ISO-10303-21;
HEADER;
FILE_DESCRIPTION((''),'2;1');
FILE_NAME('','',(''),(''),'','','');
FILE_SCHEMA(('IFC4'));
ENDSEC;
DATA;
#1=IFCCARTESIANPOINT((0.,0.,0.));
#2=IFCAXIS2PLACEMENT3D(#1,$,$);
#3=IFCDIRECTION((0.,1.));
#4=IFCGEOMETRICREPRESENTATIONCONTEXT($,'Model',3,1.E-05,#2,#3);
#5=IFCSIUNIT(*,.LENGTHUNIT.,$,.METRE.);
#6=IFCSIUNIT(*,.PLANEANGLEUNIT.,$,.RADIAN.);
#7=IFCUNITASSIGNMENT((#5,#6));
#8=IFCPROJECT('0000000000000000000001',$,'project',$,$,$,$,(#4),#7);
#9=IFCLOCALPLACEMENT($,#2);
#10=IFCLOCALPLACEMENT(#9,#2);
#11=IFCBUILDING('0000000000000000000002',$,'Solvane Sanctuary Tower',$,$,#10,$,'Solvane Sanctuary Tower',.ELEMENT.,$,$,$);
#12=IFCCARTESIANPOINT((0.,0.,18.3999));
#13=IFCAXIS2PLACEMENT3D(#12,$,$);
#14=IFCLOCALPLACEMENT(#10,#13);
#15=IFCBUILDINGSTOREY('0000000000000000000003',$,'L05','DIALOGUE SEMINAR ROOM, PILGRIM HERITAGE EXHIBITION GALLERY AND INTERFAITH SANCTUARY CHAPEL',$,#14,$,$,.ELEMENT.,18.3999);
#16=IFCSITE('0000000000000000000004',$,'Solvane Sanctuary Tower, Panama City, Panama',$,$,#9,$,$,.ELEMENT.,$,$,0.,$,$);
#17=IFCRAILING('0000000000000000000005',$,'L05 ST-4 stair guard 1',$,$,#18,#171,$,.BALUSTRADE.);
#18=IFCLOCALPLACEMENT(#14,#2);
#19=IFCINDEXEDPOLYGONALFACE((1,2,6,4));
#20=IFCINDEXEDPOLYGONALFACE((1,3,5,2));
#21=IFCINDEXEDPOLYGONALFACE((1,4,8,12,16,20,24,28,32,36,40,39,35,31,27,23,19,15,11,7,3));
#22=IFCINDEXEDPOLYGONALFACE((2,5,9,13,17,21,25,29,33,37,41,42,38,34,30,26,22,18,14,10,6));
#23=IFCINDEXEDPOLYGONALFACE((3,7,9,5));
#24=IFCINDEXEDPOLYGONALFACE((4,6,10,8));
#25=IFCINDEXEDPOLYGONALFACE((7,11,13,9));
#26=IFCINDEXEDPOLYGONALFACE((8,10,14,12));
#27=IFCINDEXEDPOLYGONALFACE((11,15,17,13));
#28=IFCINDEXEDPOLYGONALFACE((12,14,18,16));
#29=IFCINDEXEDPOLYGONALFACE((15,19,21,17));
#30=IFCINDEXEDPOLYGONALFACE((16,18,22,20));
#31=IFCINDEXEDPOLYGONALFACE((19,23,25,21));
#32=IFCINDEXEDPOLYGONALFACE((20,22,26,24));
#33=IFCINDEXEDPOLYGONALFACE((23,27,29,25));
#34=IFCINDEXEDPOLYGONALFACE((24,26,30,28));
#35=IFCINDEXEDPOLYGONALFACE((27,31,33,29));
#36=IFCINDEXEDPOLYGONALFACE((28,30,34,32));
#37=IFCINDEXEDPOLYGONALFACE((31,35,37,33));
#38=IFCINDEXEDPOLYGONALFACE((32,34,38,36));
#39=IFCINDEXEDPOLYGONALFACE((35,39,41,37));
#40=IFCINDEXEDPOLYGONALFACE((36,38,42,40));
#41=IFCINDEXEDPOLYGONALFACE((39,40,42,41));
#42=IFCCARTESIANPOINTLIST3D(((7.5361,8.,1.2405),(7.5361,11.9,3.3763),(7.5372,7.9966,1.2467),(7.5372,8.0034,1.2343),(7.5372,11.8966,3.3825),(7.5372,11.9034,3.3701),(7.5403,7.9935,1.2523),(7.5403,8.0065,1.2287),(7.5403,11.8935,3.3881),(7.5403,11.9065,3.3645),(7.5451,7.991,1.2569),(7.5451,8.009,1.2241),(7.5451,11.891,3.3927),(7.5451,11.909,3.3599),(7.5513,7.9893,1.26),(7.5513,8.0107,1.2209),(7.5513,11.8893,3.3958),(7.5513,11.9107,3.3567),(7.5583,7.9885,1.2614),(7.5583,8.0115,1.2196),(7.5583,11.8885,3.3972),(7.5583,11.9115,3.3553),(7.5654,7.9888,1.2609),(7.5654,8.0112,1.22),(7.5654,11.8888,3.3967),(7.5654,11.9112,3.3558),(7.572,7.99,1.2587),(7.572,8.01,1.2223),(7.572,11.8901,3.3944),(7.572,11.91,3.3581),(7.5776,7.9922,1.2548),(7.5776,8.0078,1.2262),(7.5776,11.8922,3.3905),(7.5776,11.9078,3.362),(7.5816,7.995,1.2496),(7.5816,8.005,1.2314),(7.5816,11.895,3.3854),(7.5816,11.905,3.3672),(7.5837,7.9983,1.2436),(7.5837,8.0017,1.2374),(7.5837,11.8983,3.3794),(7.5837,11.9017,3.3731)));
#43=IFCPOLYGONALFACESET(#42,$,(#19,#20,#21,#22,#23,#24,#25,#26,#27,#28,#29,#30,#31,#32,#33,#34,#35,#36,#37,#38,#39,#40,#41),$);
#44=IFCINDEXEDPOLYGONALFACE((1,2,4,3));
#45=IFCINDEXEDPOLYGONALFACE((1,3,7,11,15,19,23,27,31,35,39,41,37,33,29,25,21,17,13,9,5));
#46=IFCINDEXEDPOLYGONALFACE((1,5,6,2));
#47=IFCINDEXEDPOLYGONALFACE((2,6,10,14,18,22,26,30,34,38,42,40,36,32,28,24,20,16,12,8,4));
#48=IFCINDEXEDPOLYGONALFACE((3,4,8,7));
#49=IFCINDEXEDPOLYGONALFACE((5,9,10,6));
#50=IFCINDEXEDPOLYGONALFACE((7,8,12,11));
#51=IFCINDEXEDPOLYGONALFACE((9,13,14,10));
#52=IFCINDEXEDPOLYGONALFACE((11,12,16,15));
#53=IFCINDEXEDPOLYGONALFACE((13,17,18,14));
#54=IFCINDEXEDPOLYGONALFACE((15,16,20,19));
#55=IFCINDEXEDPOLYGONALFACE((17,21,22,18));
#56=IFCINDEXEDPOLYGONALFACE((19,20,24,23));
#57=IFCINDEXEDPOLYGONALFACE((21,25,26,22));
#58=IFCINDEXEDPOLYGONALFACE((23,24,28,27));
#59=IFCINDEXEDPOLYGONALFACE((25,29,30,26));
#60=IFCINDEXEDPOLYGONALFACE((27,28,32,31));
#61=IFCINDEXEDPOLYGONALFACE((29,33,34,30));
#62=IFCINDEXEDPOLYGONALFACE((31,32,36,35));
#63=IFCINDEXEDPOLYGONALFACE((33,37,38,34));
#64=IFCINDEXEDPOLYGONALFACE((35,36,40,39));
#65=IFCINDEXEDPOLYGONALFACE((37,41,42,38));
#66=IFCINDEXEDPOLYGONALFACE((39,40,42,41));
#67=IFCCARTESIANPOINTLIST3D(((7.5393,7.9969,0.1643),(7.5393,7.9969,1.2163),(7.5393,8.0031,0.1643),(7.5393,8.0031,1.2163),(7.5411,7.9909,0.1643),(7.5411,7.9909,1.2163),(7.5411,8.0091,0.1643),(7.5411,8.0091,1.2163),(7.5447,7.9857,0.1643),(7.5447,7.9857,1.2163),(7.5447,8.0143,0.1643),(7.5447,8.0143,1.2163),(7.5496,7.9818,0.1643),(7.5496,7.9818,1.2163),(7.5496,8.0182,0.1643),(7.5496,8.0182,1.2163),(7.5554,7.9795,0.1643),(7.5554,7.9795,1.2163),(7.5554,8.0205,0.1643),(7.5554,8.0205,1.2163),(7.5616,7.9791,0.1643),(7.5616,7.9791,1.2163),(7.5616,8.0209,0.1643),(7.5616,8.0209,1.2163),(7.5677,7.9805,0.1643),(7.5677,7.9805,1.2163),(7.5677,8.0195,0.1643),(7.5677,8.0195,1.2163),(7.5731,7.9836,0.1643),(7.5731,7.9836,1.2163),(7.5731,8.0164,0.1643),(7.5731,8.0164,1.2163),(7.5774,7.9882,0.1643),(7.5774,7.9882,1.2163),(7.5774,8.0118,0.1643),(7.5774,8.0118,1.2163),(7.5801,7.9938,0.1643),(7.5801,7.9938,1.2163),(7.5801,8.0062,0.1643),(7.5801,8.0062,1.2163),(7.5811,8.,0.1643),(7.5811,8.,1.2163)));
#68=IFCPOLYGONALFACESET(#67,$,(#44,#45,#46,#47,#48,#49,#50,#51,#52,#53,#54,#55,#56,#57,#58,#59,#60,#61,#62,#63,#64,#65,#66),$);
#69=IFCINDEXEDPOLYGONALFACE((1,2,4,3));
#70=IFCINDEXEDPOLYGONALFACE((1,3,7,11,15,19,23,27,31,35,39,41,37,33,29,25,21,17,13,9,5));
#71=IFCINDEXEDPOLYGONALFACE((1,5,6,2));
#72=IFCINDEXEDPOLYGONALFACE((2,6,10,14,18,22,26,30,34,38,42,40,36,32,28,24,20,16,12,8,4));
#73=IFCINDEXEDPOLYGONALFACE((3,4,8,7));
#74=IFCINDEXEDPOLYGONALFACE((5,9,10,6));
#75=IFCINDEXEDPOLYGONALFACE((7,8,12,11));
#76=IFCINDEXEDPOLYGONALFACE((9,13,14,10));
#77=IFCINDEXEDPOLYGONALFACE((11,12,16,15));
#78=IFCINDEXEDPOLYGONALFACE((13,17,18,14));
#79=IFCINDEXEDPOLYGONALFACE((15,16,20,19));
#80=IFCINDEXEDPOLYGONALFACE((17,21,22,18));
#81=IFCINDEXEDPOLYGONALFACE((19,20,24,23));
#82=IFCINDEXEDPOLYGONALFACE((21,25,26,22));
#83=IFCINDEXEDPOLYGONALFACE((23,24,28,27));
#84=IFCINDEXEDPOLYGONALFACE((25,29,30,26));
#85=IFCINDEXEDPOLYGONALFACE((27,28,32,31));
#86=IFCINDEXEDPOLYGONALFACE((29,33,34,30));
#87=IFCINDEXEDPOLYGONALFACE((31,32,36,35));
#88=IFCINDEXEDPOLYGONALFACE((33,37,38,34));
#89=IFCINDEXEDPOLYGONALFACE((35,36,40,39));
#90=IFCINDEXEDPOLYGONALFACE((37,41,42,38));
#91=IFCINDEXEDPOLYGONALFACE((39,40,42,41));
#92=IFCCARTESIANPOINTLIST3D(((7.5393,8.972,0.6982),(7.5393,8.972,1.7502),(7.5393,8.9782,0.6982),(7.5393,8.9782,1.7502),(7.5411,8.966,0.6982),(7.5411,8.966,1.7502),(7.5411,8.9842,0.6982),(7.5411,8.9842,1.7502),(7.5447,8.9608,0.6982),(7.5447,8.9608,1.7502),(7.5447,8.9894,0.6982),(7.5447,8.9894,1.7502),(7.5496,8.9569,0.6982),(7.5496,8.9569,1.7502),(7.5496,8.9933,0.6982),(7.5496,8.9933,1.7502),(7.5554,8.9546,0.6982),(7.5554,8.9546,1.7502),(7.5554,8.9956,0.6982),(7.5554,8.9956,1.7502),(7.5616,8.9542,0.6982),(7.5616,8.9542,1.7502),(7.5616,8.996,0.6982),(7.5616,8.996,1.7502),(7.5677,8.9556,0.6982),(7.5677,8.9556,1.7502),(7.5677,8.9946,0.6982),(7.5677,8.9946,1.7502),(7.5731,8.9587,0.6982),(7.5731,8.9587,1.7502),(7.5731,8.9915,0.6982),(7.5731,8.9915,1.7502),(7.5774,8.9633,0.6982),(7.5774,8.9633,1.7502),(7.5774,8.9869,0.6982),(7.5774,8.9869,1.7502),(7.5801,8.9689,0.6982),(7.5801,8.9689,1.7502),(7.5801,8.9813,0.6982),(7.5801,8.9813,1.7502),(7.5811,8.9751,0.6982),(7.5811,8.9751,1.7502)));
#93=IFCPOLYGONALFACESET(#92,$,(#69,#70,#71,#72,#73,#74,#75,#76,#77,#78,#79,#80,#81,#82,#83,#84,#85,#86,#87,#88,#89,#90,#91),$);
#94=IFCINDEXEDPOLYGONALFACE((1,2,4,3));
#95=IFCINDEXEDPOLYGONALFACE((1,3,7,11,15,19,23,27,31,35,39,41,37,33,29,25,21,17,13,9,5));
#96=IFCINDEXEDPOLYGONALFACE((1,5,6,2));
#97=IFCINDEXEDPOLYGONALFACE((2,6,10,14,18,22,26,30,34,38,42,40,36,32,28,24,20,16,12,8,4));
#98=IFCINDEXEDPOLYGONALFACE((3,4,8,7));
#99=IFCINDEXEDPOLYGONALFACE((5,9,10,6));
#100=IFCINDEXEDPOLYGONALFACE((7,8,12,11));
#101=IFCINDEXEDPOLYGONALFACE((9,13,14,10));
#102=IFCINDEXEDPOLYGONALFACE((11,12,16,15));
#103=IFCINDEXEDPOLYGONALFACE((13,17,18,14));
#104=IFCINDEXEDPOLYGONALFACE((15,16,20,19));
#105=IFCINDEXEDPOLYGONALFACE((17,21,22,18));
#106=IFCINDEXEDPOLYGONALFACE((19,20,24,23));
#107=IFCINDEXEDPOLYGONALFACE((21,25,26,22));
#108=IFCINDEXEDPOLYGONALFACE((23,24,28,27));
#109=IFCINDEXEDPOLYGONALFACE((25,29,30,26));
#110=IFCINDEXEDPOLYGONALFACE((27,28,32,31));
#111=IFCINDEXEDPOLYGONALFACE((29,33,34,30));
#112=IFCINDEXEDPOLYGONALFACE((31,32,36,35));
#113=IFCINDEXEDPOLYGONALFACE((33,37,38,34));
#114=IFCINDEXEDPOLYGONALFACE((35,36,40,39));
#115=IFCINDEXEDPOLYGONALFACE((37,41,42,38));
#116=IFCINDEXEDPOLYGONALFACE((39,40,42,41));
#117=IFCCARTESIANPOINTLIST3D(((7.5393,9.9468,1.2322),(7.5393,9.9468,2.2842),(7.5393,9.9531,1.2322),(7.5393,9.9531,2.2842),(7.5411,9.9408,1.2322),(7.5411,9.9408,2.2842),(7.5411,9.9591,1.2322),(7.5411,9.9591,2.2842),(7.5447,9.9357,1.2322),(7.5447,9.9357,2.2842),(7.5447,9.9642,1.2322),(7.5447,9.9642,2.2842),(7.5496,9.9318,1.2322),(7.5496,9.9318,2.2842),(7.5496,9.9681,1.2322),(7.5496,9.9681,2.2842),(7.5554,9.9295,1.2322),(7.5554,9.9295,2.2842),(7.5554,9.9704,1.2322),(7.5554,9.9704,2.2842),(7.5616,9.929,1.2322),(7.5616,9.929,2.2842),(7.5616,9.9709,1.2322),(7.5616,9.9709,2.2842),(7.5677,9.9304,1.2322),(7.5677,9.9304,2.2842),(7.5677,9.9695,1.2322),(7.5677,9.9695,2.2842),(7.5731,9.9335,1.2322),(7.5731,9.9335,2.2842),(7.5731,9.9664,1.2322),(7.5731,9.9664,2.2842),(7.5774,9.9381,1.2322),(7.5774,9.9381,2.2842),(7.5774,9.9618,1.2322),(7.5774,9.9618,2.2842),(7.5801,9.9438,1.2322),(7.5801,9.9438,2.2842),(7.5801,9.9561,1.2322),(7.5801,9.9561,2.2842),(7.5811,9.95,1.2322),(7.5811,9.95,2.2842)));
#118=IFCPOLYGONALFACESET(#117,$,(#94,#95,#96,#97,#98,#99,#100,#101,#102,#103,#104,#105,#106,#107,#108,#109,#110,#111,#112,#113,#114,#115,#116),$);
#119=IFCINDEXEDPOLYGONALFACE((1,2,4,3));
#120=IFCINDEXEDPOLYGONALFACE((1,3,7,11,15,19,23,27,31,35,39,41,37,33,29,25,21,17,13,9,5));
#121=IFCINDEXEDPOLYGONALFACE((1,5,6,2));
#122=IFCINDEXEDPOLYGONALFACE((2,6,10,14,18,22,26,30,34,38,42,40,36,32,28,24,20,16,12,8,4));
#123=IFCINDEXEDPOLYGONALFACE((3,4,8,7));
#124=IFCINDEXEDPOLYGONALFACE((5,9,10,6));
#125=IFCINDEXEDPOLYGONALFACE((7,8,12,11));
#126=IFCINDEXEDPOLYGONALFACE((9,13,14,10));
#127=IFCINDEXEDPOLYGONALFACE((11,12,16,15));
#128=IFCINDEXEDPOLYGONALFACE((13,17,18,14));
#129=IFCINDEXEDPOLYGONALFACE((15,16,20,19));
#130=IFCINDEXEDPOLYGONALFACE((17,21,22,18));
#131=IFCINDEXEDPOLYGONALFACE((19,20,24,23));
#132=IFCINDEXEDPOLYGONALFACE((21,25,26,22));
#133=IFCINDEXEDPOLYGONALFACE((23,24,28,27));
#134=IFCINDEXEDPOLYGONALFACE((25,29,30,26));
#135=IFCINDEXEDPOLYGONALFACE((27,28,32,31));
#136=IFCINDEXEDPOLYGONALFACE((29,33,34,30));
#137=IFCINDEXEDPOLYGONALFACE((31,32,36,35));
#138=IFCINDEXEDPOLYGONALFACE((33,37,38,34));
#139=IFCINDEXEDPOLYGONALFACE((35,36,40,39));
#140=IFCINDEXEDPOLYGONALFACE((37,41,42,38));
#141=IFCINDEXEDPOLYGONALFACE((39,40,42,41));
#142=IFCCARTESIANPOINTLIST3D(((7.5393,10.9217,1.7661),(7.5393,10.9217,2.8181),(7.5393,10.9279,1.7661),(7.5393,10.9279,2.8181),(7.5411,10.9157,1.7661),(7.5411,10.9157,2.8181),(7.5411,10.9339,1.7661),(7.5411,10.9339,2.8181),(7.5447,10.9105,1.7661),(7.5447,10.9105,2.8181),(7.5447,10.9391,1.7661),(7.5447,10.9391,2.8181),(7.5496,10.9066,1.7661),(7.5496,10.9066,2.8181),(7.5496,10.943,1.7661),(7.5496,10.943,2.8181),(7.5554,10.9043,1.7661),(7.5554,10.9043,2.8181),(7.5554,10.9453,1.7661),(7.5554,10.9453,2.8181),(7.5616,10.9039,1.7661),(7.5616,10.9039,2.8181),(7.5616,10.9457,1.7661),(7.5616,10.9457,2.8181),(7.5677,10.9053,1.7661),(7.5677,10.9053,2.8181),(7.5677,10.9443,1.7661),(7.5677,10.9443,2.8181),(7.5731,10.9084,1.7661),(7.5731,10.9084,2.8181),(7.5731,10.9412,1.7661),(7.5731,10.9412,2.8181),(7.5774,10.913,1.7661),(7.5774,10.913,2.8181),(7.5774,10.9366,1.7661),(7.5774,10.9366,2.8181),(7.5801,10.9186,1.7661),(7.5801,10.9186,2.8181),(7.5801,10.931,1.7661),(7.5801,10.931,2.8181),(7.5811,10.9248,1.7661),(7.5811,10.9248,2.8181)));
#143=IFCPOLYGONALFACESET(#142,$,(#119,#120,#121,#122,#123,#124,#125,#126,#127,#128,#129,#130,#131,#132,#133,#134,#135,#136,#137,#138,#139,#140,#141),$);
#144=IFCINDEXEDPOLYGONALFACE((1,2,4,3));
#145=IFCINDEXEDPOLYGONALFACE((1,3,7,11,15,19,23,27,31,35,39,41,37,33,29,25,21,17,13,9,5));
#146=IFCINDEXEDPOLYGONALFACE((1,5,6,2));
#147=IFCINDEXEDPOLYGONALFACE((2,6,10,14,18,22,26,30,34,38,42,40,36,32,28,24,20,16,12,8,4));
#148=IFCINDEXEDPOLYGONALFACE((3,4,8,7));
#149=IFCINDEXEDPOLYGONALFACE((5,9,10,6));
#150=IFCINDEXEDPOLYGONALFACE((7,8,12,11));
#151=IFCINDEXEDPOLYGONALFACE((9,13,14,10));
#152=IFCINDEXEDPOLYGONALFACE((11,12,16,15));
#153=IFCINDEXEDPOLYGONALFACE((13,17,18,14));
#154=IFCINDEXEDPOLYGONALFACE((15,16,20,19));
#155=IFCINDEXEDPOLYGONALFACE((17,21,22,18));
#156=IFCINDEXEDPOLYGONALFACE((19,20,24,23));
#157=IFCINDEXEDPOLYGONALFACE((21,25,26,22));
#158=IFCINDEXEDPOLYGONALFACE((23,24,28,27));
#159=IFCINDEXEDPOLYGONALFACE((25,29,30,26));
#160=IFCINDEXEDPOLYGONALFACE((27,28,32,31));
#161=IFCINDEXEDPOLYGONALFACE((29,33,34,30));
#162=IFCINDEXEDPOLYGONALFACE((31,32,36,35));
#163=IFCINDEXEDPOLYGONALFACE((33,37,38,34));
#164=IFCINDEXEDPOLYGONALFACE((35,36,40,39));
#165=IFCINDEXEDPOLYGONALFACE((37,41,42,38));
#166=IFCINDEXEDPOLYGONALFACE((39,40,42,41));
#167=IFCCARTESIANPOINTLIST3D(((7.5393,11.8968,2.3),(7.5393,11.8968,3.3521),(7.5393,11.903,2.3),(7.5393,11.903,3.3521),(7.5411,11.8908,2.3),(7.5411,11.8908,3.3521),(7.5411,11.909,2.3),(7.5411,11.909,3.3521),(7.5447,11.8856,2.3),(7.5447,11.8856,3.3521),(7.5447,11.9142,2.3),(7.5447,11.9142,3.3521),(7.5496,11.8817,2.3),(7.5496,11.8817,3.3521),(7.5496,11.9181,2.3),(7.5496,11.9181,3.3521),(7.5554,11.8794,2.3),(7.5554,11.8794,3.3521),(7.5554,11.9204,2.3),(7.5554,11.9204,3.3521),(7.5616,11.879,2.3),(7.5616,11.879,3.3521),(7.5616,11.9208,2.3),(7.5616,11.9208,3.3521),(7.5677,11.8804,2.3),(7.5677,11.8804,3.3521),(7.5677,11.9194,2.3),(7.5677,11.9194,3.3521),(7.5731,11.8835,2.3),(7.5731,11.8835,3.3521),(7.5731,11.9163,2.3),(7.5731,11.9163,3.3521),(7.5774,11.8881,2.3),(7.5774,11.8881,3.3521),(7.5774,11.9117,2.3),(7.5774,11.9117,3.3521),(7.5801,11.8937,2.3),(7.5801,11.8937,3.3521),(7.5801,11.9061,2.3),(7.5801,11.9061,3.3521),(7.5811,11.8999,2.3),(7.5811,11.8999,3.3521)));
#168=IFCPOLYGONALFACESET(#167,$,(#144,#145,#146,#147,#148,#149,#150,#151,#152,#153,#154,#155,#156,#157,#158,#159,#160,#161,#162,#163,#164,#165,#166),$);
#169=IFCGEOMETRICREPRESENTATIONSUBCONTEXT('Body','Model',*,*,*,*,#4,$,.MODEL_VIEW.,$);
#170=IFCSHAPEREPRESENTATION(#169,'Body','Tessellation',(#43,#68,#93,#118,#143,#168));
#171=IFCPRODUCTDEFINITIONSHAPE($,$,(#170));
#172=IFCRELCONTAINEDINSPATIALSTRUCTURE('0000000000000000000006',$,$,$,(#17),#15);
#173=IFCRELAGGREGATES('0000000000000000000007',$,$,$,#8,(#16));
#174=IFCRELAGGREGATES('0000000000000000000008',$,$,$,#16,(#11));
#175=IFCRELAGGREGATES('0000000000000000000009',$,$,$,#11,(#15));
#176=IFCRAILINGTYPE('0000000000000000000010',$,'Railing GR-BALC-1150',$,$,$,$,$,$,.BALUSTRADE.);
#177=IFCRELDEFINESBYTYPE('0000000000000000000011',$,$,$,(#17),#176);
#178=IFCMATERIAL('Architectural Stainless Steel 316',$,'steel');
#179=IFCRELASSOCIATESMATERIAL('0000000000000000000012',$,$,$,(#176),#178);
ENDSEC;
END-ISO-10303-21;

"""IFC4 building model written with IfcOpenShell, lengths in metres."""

from ifc_helpers import new_model, si_unit, direction, frame, origin, origin_2d, place, context, subcontext, project, spatial, circle, extrude, material, type_object, element, save


model = new_model("IFC4")

# Units and contexts
model_context = context("Model", 3, precision=1e-05, world=origin(), true_north=direction((0.0, 1.0)))
body_context = subcontext(model_context, "Body", "Model", "MODEL_VIEW")
ifc_project = project(units=[si_unit("LENGTHUNIT", "METRE"), si_unit("PLANEANGLEUNIT", "RADIAN")], contexts=[model_context])

# Site, building, storey
site_placement = place(None, origin())
site = spatial("IfcSite", under=ifc_project, at=site_placement, Name="Solvane Sanctuary Tower, Panama City, Panama", CompositionType="ELEMENT", RefElevation=0.0)
building_placement = place(site_placement, origin())
building = spatial("IfcBuilding", under=site, at=building_placement, Name="Solvane Sanctuary Tower", LongName="Solvane Sanctuary Tower", CompositionType="ELEMENT")
storey_placement = place(building_placement, frame((0.0, 0.0, 18.3999)))
storey = spatial("IfcBuildingStorey", under=building, at=storey_placement, Name="L05", Description="DIALOGUE SEMINAR ROOM, PILGRIM HERITAGE EXHIBITION GALLERY AND INTERFAITH SANCTUARY CHAPEL", CompositionType="ELEMENT", Elevation=18.3999)

# Shared definitions
ifc_material_1 = material(Name="Architectural Stainless Steel 316", Category="steel")

# Railing
railing_type_1 = type_object("IfcRailingType", Name="Railing GR-BALC-1150", PredefinedType="BALUSTRADE", material=ifc_material_1)
railing_1_placement = place(storey_placement, frame((7.5601, 8.0, 0.1643)))
element("IfcRailing", 1, at=railing_1_placement, inside=storey, type_object=railing_type_1, Name="L05 ST-4 stair guard 1", PredefinedType="BALUSTRADE", context=body_context, shape_type="SweptSolid", body=[
    extrude(circle(Radius=0.0239, at=origin_2d()), frame((0.0, 0.0, 1.0762), z_axis=(0.0, 0.877089, 0.480329), x_axis=(-1.0, 0.0, 0.0)), (0.0, 0.0, 1.0), 4.4465),
    extrude(circle(Radius=0.021, at=origin_2d()), origin(), (0.0, 0.0, 1.0), 1.052),
    extrude(circle(Radius=0.021, at=origin_2d()), frame((0.0, 0.9751, 0.5339)), (0.0, 0.0, 1.0), 1.052),
    extrude(circle(Radius=0.021, at=origin_2d()), frame((0.0, 1.95, 1.0679)), (0.0, 0.0, 1.0), 1.052),
    extrude(circle(Radius=0.021, at=origin_2d()), frame((0.0, 2.9248, 1.6018)), (0.0, 0.0, 1.0), 1.052),
    extrude(circle(Radius=0.021, at=origin_2d()), frame((0.0, 3.8999, 2.1357)), (0.0, 0.0, 1.0), 1.052),
])

save(model, "model.ifc")
